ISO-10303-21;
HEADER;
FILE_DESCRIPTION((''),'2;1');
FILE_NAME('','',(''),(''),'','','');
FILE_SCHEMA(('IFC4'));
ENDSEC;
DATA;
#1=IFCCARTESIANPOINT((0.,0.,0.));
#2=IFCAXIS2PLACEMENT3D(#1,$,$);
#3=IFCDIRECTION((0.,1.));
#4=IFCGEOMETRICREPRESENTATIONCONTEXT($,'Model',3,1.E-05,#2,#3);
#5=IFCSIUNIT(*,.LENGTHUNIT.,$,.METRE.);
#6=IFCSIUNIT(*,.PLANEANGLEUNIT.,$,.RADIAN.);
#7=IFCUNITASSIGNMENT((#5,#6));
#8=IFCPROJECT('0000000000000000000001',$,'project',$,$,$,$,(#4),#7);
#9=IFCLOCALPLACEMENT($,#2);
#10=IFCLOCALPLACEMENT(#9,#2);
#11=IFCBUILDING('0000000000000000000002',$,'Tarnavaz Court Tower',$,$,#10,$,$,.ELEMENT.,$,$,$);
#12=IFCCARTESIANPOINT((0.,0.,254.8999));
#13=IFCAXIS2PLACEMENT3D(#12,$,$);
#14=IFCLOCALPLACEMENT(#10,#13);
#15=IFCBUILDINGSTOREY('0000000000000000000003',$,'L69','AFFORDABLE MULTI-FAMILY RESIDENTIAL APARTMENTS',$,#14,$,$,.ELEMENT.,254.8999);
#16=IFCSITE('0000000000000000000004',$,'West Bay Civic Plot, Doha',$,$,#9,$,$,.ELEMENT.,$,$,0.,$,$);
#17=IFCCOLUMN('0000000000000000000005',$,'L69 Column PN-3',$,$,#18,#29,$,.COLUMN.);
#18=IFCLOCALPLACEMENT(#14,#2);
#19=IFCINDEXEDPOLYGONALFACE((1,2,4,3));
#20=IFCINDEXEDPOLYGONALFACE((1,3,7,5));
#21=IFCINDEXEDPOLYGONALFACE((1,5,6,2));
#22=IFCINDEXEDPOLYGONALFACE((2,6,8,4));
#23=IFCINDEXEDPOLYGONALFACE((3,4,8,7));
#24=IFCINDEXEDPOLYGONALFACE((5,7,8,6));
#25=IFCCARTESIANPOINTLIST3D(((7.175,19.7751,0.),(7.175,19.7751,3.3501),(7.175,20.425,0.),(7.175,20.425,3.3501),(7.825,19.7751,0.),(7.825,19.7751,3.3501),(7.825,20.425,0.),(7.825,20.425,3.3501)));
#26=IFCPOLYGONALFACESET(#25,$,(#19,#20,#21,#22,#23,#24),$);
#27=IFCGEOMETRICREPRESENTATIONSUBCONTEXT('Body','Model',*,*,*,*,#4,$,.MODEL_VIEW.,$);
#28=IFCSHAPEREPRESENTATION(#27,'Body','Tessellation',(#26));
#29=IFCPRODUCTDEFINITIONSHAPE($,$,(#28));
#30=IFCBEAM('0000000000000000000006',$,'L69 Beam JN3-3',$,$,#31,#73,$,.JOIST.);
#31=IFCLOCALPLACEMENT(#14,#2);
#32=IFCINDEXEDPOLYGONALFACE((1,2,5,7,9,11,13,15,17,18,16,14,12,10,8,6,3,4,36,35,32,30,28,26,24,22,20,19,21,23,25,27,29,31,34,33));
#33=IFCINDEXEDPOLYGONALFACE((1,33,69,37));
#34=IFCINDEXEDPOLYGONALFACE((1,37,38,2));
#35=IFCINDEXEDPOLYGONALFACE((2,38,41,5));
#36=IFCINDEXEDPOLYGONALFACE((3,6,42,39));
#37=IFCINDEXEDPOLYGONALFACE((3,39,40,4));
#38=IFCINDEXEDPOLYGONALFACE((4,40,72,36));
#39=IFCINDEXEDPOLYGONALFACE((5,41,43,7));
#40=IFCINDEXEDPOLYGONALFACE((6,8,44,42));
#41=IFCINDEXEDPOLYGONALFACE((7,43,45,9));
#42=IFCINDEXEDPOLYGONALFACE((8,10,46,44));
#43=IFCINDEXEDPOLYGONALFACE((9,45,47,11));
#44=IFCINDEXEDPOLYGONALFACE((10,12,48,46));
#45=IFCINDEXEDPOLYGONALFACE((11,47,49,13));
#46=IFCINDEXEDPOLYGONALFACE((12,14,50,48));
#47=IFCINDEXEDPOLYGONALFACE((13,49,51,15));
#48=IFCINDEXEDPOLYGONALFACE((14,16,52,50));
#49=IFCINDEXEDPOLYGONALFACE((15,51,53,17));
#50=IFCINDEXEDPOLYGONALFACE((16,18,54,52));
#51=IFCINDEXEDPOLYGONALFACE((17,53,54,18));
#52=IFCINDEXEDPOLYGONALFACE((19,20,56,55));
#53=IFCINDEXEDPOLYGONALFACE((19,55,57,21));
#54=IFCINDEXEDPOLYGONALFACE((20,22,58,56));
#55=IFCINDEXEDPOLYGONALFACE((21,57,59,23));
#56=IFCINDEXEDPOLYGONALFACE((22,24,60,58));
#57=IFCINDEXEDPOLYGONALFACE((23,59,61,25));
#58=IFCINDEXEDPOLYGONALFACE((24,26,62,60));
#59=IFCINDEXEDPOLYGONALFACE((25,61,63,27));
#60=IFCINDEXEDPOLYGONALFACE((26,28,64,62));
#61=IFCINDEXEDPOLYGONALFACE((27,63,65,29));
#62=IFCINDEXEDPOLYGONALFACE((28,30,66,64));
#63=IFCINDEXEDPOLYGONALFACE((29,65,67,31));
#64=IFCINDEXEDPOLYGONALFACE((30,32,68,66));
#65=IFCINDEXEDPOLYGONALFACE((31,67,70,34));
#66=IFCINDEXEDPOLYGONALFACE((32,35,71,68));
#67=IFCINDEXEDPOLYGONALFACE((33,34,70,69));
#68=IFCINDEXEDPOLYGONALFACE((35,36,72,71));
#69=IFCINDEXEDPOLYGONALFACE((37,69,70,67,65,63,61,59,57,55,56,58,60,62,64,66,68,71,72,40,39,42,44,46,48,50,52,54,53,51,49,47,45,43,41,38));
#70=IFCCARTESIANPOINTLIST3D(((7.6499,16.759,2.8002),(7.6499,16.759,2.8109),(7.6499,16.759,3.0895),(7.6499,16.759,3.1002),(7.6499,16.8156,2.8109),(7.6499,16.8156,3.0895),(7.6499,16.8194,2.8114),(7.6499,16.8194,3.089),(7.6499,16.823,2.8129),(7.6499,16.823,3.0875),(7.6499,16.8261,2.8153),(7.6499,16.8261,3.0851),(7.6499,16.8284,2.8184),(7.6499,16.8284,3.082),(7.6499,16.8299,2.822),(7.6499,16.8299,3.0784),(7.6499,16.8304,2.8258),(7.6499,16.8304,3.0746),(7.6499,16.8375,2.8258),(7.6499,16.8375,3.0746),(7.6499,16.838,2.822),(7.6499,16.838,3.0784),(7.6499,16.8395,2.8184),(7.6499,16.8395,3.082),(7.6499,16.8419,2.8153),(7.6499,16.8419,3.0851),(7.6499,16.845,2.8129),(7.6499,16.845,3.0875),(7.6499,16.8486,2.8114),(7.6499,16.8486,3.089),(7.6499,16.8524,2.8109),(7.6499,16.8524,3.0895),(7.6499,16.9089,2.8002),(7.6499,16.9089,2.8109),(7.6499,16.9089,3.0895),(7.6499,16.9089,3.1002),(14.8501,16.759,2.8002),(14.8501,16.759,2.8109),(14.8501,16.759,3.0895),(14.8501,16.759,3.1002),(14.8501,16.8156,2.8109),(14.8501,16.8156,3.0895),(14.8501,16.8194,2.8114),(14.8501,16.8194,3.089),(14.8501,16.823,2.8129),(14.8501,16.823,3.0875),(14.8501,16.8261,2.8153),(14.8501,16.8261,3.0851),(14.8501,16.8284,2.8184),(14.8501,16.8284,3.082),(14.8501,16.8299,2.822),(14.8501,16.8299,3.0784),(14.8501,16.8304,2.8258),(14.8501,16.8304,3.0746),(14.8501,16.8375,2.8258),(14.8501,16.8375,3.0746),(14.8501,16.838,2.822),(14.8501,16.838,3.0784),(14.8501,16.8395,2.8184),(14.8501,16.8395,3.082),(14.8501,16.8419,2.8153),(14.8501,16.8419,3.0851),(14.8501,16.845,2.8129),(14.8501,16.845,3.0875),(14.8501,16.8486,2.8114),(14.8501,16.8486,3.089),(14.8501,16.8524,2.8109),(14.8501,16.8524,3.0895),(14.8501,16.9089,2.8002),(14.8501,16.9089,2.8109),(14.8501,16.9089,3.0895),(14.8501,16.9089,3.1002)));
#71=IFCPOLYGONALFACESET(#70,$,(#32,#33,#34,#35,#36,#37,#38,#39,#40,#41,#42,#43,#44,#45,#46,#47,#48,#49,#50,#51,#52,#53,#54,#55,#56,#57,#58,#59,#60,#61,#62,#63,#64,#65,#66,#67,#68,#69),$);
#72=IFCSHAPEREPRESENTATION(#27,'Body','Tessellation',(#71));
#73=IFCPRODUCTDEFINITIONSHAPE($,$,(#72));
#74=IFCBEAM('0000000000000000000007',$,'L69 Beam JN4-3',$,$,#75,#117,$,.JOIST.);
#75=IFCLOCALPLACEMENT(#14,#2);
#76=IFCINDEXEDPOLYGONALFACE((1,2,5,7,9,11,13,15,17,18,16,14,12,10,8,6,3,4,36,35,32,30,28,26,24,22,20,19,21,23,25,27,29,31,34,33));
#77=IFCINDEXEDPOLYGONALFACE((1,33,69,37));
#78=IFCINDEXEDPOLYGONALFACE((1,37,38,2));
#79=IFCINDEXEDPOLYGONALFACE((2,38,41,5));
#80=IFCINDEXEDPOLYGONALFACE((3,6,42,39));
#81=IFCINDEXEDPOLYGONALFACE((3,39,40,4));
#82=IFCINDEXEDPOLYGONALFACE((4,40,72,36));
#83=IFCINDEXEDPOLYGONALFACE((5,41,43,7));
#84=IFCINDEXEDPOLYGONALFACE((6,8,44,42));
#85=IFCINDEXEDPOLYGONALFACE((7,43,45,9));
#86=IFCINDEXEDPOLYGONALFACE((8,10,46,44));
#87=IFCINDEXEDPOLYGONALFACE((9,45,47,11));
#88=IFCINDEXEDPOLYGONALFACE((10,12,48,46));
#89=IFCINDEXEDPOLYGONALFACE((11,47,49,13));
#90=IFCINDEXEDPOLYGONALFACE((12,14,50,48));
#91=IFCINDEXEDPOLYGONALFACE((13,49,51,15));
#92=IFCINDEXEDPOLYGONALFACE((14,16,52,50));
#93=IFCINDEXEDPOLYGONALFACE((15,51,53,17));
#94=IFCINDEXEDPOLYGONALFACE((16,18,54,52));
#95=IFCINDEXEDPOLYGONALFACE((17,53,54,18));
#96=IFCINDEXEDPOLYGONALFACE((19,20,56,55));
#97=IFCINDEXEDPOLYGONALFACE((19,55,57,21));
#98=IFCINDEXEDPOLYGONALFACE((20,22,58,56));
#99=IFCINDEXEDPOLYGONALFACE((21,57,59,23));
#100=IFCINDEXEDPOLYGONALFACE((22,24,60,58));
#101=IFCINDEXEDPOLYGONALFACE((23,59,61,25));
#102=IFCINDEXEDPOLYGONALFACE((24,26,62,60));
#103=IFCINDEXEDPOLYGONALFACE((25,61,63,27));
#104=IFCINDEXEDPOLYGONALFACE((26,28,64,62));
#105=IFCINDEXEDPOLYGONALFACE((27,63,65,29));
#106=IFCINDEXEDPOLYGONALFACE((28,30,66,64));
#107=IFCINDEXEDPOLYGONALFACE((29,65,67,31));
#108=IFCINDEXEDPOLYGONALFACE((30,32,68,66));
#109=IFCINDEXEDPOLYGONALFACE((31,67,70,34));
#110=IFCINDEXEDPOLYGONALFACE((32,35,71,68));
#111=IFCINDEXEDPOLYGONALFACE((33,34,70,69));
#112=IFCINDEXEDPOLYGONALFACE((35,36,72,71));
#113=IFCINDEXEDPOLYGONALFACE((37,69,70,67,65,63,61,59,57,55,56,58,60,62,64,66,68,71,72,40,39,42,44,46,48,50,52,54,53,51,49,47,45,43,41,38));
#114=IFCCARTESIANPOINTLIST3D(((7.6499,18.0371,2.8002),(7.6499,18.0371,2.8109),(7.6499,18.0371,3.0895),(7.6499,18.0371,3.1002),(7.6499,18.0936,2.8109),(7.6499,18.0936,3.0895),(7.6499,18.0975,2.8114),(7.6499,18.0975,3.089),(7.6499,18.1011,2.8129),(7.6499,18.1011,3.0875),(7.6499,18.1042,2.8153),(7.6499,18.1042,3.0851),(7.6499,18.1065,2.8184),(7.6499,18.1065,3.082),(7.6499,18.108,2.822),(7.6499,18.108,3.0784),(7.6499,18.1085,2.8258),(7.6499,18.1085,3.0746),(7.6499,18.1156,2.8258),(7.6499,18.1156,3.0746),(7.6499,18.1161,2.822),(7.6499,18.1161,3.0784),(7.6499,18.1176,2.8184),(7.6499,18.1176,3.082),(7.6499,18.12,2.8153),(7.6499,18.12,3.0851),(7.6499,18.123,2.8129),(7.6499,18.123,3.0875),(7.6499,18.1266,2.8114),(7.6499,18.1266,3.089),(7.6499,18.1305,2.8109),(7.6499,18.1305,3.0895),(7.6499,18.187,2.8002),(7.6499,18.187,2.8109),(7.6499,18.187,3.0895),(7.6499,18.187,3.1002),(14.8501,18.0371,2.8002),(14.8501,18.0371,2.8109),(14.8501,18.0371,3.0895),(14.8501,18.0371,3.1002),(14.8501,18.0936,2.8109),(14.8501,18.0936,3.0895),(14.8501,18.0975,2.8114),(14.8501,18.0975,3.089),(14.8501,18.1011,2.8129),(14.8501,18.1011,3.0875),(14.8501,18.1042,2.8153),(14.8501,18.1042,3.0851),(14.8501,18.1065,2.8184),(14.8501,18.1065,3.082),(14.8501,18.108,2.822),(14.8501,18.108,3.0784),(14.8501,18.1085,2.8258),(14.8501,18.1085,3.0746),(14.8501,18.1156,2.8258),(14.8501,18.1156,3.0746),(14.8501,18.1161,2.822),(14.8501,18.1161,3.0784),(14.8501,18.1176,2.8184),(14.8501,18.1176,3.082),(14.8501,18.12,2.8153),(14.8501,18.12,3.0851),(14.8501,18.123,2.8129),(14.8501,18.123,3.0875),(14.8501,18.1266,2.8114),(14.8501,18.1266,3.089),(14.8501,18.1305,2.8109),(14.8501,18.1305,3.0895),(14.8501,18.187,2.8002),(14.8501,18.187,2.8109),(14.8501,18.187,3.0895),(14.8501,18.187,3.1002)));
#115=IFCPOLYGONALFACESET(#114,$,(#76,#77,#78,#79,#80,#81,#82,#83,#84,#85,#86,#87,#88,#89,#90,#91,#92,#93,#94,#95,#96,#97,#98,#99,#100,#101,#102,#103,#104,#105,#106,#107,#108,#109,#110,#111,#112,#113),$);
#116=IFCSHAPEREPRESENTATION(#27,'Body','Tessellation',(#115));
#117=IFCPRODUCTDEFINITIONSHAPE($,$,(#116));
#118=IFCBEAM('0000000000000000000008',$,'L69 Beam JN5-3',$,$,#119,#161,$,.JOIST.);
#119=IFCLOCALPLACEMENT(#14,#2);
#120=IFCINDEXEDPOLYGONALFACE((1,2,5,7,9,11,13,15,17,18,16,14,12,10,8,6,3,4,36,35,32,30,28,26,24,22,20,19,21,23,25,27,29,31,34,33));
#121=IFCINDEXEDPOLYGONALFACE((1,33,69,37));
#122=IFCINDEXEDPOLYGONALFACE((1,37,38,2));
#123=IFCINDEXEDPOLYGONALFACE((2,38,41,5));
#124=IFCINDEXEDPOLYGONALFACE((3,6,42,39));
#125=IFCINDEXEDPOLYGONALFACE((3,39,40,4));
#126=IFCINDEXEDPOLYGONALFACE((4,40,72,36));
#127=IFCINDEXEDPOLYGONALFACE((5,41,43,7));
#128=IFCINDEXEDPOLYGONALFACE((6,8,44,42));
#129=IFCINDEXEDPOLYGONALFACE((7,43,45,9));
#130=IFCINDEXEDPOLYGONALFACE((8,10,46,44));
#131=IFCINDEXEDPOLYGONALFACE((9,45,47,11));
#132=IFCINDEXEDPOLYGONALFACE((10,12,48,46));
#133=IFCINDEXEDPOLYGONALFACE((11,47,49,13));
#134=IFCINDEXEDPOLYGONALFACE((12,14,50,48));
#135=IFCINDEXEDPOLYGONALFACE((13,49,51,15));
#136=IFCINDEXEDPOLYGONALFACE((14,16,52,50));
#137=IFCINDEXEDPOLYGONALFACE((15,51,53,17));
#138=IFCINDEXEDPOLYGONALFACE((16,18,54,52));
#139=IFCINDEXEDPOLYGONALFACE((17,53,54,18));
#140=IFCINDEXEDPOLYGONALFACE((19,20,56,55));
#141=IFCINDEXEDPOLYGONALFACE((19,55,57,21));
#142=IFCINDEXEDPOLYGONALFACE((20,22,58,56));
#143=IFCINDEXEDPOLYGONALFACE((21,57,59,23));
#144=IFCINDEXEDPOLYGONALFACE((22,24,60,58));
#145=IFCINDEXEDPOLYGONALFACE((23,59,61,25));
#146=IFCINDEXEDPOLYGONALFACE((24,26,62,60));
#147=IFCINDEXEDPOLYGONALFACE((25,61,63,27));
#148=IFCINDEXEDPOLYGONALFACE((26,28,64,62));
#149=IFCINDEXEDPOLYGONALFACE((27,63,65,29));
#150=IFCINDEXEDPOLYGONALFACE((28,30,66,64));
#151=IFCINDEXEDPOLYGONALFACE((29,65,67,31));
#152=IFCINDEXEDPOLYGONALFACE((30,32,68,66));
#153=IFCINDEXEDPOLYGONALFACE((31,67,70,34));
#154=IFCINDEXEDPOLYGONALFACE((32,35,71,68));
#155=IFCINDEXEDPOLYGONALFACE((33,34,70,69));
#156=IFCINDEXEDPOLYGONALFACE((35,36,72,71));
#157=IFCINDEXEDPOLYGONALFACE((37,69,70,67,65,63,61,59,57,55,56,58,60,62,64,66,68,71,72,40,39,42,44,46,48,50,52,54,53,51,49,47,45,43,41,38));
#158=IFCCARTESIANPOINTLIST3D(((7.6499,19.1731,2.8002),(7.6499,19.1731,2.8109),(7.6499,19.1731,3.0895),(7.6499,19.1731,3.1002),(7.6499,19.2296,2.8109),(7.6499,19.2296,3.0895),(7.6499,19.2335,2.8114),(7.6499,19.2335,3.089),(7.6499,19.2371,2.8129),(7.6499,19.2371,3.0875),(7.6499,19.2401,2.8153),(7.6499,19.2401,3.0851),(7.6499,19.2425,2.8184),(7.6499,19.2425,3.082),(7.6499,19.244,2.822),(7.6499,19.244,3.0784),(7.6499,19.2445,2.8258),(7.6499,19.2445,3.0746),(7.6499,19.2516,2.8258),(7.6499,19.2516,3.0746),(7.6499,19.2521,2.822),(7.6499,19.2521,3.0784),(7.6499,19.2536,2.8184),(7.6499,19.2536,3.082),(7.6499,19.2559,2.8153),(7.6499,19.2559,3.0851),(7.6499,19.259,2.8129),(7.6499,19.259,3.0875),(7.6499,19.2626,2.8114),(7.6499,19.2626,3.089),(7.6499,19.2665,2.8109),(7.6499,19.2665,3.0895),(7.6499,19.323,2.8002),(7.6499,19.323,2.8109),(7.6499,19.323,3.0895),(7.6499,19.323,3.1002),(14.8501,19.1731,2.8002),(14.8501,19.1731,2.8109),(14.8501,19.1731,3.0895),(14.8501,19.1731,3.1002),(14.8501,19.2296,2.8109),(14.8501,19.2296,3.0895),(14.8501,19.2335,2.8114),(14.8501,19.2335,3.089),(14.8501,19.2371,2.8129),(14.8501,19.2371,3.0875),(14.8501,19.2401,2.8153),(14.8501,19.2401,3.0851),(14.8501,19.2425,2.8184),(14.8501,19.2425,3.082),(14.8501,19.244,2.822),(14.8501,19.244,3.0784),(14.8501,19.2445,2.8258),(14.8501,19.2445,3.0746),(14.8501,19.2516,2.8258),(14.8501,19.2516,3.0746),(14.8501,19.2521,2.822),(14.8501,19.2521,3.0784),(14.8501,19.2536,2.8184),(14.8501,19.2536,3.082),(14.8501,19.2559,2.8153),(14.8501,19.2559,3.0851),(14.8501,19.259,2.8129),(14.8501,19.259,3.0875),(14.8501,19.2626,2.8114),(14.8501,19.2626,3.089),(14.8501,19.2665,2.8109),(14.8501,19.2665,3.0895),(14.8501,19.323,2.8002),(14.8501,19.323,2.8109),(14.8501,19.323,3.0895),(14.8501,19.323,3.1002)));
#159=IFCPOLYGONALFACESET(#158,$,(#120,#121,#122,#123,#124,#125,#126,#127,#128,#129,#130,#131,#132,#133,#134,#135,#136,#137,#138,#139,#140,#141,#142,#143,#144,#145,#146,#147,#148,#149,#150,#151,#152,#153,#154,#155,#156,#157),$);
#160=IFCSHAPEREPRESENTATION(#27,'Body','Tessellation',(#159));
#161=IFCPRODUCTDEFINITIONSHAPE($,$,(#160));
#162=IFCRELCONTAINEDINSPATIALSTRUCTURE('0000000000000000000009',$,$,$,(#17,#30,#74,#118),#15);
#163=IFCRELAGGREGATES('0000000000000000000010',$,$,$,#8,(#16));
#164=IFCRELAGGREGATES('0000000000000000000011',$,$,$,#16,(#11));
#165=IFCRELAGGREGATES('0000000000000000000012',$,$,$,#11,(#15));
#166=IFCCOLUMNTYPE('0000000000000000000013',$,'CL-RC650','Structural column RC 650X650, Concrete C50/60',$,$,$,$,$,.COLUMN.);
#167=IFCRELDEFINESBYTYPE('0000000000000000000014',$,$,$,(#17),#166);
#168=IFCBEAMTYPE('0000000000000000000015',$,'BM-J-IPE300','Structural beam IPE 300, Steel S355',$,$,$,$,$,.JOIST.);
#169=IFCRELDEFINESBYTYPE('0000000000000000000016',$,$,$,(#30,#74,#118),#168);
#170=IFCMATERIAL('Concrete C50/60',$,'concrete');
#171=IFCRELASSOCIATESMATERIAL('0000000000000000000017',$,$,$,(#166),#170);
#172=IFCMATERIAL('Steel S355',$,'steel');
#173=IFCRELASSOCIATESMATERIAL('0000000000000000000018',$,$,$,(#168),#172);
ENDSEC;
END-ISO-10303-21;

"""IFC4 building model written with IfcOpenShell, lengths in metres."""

from ifc_helpers import new_model, si_unit, direction, frame, origin, origin_2d, place, context, subcontext, project, spatial, rectangle, i_section, extrude, material, material_profile, profile_set, type_object, element, save


model = new_model("IFC4")

# Units and contexts
model_context = context("Model", 3, precision=1e-05, world=origin(), true_north=direction((0.0, 1.0)))
body_context = subcontext(model_context, "Body", "Model", "MODEL_VIEW")
ifc_project = project(units=[si_unit("LENGTHUNIT", "METRE"), si_unit("PLANEANGLEUNIT", "RADIAN")], contexts=[model_context])

# Site, building, storey
site_placement = place(None, origin())
site = spatial("IfcSite", under=ifc_project, at=site_placement, Name="West Bay Civic Plot, Doha", CompositionType="ELEMENT", RefElevation=0.0)
building_placement = place(site_placement, origin())
building = spatial("IfcBuilding", under=site, at=building_placement, Name="Tarnavaz Court Tower", CompositionType="ELEMENT")
storey_placement = place(building_placement, frame((0.0, 0.0, 254.8999)))
storey = spatial("IfcBuildingStorey", under=building, at=storey_placement, Name="L69", Description="AFFORDABLE MULTI-FAMILY RESIDENTIAL APARTMENTS", CompositionType="ELEMENT", Elevation=254.8999)

# Column
ifc_material_1 = material(Name="Concrete C50/60", Category="concrete")
ifc_material_profile_1 = material_profile(ifc_material_1, rectangle(XDim=0.6499, YDim=0.6499, at=origin_2d()), Name="RC 650X650")
ifc_profile_set_1 = profile_set([ifc_material_profile_1], Name="Concrete C50/60")
column_type = type_object("IfcColumnType", Name="CL-RC650", Description="Structural column RC 650X650, Concrete C50/60", PredefinedType="COLUMN", material=ifc_profile_set_1)
column_placement = place(storey_placement, frame((7.5, 20.1001, 0.0), z_axis=(0.0, 0.0, 1.0), x_axis=(1.0, 0.0, 0.0)))
element("IfcColumn", 1, at=column_placement, inside=storey, type_object=column_type, Name="L69 Column PN-3", PredefinedType="COLUMN", context=body_context, shape_type="SweptSolid", body=[
    extrude(rectangle(XDim=0.6499, YDim=0.6499, at=origin_2d()), origin(), (0.0, 0.0, 1.0), 3.3501),
])

# Beams
ifc_material_2 = material(Name="Steel S355", Category="steel")
ifc_material_profile_2 = material_profile(ifc_material_2, i_section(OverallWidth=0.1499, OverallDepth=0.3, WebThickness=0.0071, FlangeThickness=0.0107, FilletRadius=0.0149, at=origin_2d()), Name="IPE 300")
ifc_profile_set_2 = profile_set([ifc_material_profile_2], Name="Steel S355")
beam_type_1 = type_object("IfcBeamType", Name="BM-J-IPE300", Description="Structural beam IPE 300, Steel S355", PredefinedType="JOIST", material=ifc_profile_set_2)
for number, where, z_axis, x_axis, name in (
    (2, (7.6499, 16.834, 2.9502), (1.0, 0.0, 0.0), (0.0, 1.0, 0.0), "L69 Beam JN3-3"),
    (3, (7.6499, 18.1121, 2.9502), (1.0, 0.0, 0.0), (0.0, 1.0, 0.0), "L69 Beam JN4-3"),
    (4, (7.6499, 19.248, 2.9502), (1.0, 0.0, 0.0), (0.0, 1.0, 0.0), "L69 Beam JN5-3"),
):
    element("IfcBeam", number, at=place(storey_placement, frame(where, z_axis=z_axis, x_axis=x_axis)), inside=storey, type_object=beam_type_1, Name=name, PredefinedType="JOIST", context=body_context, shape_type="SweptSolid", body=[
        extrude(i_section(OverallWidth=0.1499, OverallDepth=0.3, WebThickness=0.0071, FlangeThickness=0.0107, FilletRadius=0.0149, at=origin_2d()), origin(), (0.0, 0.0, 1.0), 7.2002),
    ])

save(model, "model.ifc")
